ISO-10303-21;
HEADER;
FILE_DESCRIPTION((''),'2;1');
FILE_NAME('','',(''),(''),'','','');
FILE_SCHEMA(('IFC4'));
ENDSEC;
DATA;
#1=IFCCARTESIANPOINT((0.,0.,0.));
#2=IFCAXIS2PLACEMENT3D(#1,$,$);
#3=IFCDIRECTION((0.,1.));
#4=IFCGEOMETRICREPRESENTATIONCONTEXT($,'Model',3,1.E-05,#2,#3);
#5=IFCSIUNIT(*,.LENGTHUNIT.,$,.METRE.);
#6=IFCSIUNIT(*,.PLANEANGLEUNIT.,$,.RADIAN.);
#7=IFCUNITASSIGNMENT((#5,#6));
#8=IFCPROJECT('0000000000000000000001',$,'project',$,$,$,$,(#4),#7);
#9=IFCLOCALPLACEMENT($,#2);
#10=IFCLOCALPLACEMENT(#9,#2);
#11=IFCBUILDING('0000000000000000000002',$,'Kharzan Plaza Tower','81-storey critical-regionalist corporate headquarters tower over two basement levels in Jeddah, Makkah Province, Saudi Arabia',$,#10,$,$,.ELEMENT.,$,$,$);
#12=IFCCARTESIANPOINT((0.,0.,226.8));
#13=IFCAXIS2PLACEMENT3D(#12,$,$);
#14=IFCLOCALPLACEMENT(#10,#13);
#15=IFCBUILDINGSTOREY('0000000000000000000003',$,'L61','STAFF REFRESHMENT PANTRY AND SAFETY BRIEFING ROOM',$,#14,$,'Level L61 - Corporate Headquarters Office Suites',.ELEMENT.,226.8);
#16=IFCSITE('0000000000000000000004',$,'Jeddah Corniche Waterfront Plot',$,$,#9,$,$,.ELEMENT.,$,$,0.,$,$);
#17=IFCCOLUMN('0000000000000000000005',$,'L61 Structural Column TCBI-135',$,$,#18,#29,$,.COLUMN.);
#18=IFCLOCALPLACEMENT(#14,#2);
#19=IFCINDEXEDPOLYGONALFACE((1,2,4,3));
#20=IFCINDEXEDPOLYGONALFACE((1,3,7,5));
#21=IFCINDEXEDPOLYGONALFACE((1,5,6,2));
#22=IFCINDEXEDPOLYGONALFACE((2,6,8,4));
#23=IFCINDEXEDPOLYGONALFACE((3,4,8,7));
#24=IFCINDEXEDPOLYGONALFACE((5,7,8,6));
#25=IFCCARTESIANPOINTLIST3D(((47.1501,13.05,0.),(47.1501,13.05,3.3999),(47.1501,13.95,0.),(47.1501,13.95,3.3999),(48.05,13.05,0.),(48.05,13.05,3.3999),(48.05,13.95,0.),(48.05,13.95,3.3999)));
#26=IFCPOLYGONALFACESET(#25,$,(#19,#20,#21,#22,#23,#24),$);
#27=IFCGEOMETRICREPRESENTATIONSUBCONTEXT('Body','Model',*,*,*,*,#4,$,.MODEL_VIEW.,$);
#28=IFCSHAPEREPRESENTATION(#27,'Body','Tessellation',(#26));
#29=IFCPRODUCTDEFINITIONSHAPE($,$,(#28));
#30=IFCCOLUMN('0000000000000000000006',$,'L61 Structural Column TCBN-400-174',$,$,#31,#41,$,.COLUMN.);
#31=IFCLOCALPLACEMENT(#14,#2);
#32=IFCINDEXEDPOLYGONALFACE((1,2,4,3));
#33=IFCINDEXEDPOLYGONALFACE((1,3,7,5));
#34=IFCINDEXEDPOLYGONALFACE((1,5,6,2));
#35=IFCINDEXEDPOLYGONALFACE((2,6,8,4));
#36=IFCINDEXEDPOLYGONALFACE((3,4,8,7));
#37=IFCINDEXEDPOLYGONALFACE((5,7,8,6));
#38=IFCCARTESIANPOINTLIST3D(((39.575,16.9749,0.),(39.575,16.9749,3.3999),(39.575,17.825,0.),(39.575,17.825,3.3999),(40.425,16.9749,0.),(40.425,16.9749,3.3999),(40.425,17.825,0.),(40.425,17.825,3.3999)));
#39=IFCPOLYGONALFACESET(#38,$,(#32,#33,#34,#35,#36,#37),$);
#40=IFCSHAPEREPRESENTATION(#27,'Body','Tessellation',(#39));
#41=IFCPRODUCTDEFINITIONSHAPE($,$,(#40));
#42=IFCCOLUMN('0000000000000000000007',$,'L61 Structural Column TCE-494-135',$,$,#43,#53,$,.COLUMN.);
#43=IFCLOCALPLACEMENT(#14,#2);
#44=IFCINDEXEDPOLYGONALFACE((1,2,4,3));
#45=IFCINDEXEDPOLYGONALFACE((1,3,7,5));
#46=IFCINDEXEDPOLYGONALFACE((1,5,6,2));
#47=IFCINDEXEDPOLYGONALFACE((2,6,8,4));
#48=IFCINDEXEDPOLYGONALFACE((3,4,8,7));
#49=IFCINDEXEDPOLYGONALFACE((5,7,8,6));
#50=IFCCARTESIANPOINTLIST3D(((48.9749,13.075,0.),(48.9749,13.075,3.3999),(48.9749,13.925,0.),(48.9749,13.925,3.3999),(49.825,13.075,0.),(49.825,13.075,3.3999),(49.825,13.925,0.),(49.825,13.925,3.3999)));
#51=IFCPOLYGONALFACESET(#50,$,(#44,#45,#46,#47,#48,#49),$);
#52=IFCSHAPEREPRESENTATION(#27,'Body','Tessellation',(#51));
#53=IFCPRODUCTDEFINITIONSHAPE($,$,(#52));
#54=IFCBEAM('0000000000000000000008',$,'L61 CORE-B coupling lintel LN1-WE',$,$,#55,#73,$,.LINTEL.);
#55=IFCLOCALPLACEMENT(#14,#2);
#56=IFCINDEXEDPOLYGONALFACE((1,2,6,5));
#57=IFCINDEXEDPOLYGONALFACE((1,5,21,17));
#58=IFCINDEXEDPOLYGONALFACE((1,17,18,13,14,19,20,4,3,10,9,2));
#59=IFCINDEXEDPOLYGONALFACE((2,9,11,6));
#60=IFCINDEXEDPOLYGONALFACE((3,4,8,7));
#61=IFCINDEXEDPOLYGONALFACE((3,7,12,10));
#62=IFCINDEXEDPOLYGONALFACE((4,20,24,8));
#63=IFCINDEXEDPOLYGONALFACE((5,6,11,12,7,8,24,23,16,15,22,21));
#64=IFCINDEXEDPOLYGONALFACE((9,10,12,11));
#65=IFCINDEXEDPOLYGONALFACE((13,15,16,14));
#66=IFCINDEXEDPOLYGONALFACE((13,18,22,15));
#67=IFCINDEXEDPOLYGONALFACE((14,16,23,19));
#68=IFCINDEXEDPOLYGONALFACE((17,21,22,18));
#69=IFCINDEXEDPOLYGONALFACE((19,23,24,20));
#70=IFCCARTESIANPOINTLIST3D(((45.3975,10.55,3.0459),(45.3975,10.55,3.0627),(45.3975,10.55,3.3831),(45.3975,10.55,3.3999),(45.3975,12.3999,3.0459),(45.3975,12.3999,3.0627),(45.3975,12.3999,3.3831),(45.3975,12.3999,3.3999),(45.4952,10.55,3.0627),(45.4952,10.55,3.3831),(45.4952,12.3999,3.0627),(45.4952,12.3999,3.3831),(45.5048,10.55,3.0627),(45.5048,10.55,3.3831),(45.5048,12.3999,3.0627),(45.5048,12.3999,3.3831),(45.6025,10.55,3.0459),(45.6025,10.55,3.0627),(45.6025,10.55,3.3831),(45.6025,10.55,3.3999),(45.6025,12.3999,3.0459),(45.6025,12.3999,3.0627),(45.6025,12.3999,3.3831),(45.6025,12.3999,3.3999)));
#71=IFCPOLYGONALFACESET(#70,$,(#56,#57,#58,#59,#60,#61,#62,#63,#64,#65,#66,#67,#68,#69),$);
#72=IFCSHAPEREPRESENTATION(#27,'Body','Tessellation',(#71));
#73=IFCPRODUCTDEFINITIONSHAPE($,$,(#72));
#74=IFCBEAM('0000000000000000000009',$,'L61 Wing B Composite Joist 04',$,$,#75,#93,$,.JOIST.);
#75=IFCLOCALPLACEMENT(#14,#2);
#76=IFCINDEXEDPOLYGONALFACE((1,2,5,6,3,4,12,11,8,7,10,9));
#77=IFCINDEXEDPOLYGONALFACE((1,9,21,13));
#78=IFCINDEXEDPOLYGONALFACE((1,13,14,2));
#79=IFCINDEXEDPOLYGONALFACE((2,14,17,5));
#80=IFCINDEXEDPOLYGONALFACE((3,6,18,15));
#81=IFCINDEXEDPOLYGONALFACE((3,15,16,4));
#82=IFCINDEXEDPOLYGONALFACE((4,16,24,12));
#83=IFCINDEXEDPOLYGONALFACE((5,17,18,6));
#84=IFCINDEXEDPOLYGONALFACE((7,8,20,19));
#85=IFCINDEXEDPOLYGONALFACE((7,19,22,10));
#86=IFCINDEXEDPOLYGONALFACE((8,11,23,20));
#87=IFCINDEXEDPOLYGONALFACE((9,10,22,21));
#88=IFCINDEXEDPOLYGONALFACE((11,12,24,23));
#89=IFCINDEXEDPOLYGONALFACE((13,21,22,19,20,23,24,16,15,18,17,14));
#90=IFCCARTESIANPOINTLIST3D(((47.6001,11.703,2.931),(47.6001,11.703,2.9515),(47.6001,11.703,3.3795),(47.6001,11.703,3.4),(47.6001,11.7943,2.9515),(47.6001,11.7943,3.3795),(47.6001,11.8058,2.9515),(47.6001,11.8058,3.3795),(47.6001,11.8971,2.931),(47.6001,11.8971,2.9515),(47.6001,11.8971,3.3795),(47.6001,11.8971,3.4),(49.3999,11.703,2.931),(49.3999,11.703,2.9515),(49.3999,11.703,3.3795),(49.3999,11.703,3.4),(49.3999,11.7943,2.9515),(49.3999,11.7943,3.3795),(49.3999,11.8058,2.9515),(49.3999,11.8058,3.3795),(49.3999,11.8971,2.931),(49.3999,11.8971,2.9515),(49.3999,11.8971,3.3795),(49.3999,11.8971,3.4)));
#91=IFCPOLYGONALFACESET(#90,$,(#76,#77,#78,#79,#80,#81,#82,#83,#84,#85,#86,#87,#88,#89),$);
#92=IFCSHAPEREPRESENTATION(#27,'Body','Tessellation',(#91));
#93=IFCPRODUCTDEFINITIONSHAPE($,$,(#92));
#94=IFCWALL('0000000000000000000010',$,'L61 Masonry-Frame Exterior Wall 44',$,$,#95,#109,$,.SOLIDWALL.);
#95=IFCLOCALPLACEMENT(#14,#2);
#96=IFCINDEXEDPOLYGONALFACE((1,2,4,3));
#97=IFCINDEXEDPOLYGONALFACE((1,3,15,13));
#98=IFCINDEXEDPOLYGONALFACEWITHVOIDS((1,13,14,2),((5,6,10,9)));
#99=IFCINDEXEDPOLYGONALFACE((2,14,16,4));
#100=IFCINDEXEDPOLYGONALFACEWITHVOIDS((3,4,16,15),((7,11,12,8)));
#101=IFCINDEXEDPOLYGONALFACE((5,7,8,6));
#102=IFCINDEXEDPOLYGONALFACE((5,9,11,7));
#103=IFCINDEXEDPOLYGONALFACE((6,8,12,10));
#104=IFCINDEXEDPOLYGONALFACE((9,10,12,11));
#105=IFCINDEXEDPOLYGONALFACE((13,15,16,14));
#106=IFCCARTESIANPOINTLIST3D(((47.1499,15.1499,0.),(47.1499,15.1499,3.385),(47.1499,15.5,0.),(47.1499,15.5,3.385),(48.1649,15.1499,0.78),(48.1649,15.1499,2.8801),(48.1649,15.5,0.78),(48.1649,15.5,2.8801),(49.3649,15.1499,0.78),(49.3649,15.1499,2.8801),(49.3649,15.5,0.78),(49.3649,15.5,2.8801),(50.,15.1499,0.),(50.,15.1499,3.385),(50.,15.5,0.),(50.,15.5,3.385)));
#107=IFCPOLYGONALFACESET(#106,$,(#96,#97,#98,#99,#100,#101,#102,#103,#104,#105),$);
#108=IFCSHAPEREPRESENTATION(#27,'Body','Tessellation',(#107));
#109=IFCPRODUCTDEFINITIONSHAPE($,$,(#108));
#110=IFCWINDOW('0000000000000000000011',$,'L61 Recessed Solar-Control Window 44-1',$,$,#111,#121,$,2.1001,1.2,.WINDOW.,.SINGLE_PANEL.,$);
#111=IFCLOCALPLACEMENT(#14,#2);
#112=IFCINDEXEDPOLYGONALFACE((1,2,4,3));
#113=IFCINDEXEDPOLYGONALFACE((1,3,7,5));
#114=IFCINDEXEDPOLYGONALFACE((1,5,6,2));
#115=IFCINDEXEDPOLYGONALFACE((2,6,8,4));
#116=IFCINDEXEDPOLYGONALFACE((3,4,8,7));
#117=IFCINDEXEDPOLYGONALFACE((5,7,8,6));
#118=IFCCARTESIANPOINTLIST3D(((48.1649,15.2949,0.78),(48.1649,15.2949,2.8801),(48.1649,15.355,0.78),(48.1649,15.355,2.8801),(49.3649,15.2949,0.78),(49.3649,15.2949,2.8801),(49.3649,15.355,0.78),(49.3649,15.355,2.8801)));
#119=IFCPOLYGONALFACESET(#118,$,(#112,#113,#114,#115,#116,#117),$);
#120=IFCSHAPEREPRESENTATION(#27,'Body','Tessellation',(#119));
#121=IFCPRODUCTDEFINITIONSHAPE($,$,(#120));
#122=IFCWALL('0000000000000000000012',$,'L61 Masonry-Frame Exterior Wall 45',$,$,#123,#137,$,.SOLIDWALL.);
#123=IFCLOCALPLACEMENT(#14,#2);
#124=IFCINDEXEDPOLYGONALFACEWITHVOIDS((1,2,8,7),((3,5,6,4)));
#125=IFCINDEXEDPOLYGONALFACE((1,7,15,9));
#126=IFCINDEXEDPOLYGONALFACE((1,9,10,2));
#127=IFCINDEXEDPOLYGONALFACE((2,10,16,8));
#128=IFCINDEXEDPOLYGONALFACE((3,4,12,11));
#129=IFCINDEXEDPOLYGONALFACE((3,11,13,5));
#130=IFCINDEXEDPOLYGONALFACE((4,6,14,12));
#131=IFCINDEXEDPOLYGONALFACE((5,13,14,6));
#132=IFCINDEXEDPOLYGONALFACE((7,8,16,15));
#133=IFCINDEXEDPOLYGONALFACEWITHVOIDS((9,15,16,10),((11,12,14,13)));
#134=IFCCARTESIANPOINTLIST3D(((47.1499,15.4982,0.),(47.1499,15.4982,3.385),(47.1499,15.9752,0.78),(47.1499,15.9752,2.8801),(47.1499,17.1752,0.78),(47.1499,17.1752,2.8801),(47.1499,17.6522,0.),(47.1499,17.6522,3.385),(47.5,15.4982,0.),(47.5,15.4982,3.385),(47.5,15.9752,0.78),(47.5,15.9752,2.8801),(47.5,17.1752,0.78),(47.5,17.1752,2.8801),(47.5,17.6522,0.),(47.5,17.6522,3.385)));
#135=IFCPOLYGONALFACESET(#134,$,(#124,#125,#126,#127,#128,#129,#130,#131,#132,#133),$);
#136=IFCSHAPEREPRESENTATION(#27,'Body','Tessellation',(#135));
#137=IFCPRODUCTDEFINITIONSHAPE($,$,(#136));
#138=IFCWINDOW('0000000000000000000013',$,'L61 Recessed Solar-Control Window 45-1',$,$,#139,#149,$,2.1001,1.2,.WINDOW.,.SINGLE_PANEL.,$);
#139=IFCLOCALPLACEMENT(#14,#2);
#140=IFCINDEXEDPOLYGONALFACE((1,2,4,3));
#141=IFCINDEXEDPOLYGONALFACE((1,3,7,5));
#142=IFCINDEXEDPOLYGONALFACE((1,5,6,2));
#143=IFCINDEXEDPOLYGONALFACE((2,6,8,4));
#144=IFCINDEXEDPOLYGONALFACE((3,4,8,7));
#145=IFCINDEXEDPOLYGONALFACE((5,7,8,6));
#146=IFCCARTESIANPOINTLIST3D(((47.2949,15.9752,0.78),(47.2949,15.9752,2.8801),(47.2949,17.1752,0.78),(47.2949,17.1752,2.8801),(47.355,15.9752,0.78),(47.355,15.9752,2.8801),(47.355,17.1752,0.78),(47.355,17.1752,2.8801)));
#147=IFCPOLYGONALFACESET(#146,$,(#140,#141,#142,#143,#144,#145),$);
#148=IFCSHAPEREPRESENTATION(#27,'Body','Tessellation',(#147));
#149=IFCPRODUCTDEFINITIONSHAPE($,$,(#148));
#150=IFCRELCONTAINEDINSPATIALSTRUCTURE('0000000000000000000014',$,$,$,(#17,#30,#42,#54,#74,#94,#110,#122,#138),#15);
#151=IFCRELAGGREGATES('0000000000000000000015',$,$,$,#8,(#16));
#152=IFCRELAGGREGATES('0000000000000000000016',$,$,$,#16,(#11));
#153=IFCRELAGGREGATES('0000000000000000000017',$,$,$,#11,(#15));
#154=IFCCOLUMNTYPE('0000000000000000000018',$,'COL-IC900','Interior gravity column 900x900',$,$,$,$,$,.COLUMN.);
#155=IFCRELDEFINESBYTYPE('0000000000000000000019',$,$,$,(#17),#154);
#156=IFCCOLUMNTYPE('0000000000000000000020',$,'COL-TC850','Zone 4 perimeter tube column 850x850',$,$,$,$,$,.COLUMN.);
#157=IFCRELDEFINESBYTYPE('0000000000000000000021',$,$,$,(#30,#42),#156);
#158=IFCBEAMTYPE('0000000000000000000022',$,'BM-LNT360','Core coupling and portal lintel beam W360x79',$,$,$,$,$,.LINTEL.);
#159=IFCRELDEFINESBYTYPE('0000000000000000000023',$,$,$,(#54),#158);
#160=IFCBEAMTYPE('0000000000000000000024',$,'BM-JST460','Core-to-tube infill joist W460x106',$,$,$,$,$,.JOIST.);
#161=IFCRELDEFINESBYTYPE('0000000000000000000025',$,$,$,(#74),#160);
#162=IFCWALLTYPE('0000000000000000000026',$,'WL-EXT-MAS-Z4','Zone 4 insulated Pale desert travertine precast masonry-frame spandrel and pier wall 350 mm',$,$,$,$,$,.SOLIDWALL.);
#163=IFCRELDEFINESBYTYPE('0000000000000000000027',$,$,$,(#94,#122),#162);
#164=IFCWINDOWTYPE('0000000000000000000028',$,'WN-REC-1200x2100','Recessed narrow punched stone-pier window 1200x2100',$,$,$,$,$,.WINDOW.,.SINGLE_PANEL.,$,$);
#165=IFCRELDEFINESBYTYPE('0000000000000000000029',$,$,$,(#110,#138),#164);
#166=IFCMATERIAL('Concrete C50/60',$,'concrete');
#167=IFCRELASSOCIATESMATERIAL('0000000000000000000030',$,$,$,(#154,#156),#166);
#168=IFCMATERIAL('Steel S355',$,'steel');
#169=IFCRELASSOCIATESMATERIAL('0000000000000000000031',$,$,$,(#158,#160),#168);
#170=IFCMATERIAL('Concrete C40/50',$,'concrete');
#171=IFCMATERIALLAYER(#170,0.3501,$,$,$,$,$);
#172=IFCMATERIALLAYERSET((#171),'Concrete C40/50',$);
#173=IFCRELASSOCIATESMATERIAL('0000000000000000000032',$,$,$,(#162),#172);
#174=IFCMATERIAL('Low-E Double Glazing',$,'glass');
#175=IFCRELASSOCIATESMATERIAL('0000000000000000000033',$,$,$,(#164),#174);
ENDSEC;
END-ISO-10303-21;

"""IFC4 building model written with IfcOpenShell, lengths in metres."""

from ifc_helpers import new_model, si_unit, direction, frame, frame_2d, origin, origin_2d, place, context, subcontext, project, spatial, rectangle, i_section, extrude, source, transform, mapped, material, layer, layer_set, material_profile, profile_set, type_object, element, fill, save


model = new_model("IFC4")

# Units and contexts
model_context = context("Model", 3, precision=1e-05, world=origin(), true_north=direction((0.0, 1.0)))
body_context = subcontext(model_context, "Body", "Model", "MODEL_VIEW")
ifc_project = project(units=[si_unit("LENGTHUNIT", "METRE"), si_unit("PLANEANGLEUNIT", "RADIAN")], contexts=[model_context])

# Site, building, storey
site_placement = place(None, origin())
site = spatial("IfcSite", under=ifc_project, at=site_placement, Name="Jeddah Corniche Waterfront Plot", CompositionType="ELEMENT", RefElevation=0.0)
building_placement = place(site_placement, origin())
building = spatial("IfcBuilding", under=site, at=building_placement, Name="Kharzan Plaza Tower", Description="81-storey critical-regionalist corporate headquarters tower over two basement levels in Jeddah, Makkah Province, Saudi Arabia", CompositionType="ELEMENT")
storey_placement = place(building_placement, frame((0.0, 0.0, 226.8)))
storey = spatial("IfcBuildingStorey", under=building, at=storey_placement, Name="L61", Description="STAFF REFRESHMENT PANTRY AND SAFETY BRIEFING ROOM", LongName="Level L61 - Corporate Headquarters Office Suites", CompositionType="ELEMENT", Elevation=226.8)

# Columns
ifc_material_1 = material(Name="Concrete C50/60", Category="concrete")
ifc_material_profile_1 = material_profile(ifc_material_1, rectangle(XDim=0.8999, YDim=0.8999, at=origin_2d()), Name="RC-IC900x900")
ifc_profile_set_1 = profile_set([ifc_material_profile_1], Name="Concrete C50/60")
column_type_1 = type_object("IfcColumnType", Name="COL-IC900", Description="Interior gravity column 900x900", PredefinedType="COLUMN", material=ifc_profile_set_1)
shared_shape_1 = source(origin(), body_context, "Body", "SweptSolid", [
    extrude(rectangle(XDim=0.8999, YDim=0.8999, at=origin_2d()), origin(), (0.0, 0.0, 1.0), 3.3999),
])
column_placement = place(storey_placement, frame((47.6001, 13.5, 0.0), z_axis=(0.0, 0.0, 1.0), x_axis=(1.0, 0.0, 0.0)))
element("IfcColumn", 1, at=column_placement, inside=storey, type_object=column_type_1, Name="L61 Structural Column TCBI-135", PredefinedType="COLUMN", context=body_context, shape_type="MappedRepresentation", body=[
    mapped(shared_shape_1, transform((0.0, 0.0, 0.0), x_axis=(1.0, 0.0, 0.0), y_axis=(0.0, 1.0, 0.0), z_axis=(0.0, 0.0, 1.0))),
])
ifc_material_profile_2 = material_profile(ifc_material_1, rectangle(XDim=0.8501, YDim=0.8501, at=origin_2d()), Name="RC-TC850x850")
ifc_profile_set_2 = profile_set([ifc_material_profile_2], Name="Concrete C50/60")
column_type_2 = type_object("IfcColumnType", Name="COL-TC850", Description="Zone 4 perimeter tube column 850x850", PredefinedType="COLUMN", material=ifc_profile_set_2)
shared_shape_2 = source(origin(), body_context, "Body", "SweptSolid", [
    extrude(rectangle(XDim=0.8501, YDim=0.8501, at=origin_2d()), origin(), (0.0, 0.0, 1.0), 3.3999),
])
for number, where, z_axis, x_axis, name in (
    (2, (40.0, 17.3999, 0.0), (0.0, 0.0, 1.0), (1.0, 0.0, 0.0), "L61 Structural Column TCBN-400-174"),
    (3, (49.3999, 13.5, 0.0), (0.0, 0.0, 1.0), (1.0, 0.0, 0.0), "L61 Structural Column TCE-494-135"),
):
    element("IfcColumn", number, at=place(storey_placement, frame(where, z_axis=z_axis, x_axis=x_axis)), inside=storey, type_object=column_type_2, Name=name, PredefinedType="COLUMN", context=body_context, shape_type="MappedRepresentation", body=[
        mapped(shared_shape_2, transform((0.0, 0.0, 0.0), x_axis=(1.0, 0.0, 0.0), y_axis=(0.0, 1.0, 0.0), z_axis=(0.0, 0.0, 1.0))),
    ])

# Beams
ifc_material_2 = material(Name="Steel S355", Category="steel")
ifc_material_profile_3 = material_profile(ifc_material_2, i_section(OverallWidth=0.2051, OverallDepth=0.354, WebThickness=0.0095, FlangeThickness=0.0168, at=origin_2d()), Name="W360x79")
ifc_profile_set_3 = profile_set([ifc_material_profile_3], Name="Steel S355")
beam_type_1 = type_object("IfcBeamType", Name="BM-LNT360", Description="Core coupling and portal lintel beam W360x79", PredefinedType="LINTEL", material=ifc_profile_set_3)
shared_shape_3 = source(origin(), body_context, "Body", "SweptSolid", [
    extrude(i_section(OverallWidth=0.2051, OverallDepth=0.354, WebThickness=0.0095, FlangeThickness=0.0168, at=origin_2d()), origin(), (0.0, 0.0, 1.0), 1.8499),
])
beam_1_placement = place(storey_placement, frame((45.5, 10.55, 3.2229), z_axis=(0.0, 1.0, 0.0), x_axis=(-1.0, 0.0, 0.0)))
element("IfcBeam", 4, at=beam_1_placement, inside=storey, type_object=beam_type_1, Name="L61 CORE-B coupling lintel LN1-WE", PredefinedType="LINTEL", context=body_context, shape_type="MappedRepresentation", body=[
    mapped(shared_shape_3, transform((0.0, 0.0, 0.0), x_axis=(1.0, 0.0, 0.0), y_axis=(0.0, 1.0, 0.0), z_axis=(0.0, 0.0, 1.0))),
])
ifc_material_profile_4 = material_profile(ifc_material_2, i_section(OverallWidth=0.1941, OverallDepth=0.469, WebThickness=0.0115, FlangeThickness=0.0205, at=origin_2d()), Name="W460x106")
ifc_profile_set_4 = profile_set([ifc_material_profile_4], Name="Steel S355")
beam_type_2 = type_object("IfcBeamType", Name="BM-JST460", Description="Core-to-tube infill joist W460x106", PredefinedType="JOIST", material=ifc_profile_set_4)
shared_shape_4 = source(origin(), body_context, "Body", "SweptSolid", [
    extrude(i_section(OverallWidth=0.1941, OverallDepth=0.469, WebThickness=0.0115, FlangeThickness=0.0205, at=origin_2d()), origin(), (0.0, 0.0, 1.0), 1.7998),
])
beam_2_placement = place(storey_placement, frame((47.6001, 11.8, 3.1655), z_axis=(1.0, 0.0, 0.0), x_axis=(0.0, 1.0, 0.0)))
element("IfcBeam", 5, at=beam_2_placement, inside=storey, type_object=beam_type_2, Name="L61 Wing B Composite Joist 04", PredefinedType="JOIST", context=body_context, shape_type="MappedRepresentation", body=[
    mapped(shared_shape_4, transform((0.0, 0.0, 0.0), x_axis=(1.0, 0.0, 0.0), y_axis=(0.0, 1.0, 0.0), z_axis=(0.0, 0.0, 1.0))),
])

# Walls, openings, windows
ifc_material_3 = material(Name="Concrete C40/50", Category="concrete")
ifc_layer_1 = layer(ifc_material_3, 0.3501)
ifc_layer_set_1 = layer_set([ifc_layer_1], Name="Concrete C40/50")
wall_type_1 = type_object("IfcWallType", Name="WL-EXT-MAS-Z4", Description="Zone 4 insulated Pale desert travertine precast masonry-frame spandrel and pier wall 350 mm", PredefinedType="SOLIDWALL", material=ifc_layer_set_1)
wall_1_placement = place(storey_placement, frame((50.0, 15.325, 0.0), z_axis=(0.0, 0.0, 1.0), x_axis=(-1.0, 0.0, 0.0)))
wall_1 = element("IfcWall", 6, at=wall_1_placement, inside=storey, type_object=wall_type_1, Name="L61 Masonry-Frame Exterior Wall 44", PredefinedType="SOLIDWALL", context=body_context, shape_type="SweptSolid", body=[
    extrude(rectangle(XDim=2.8501, YDim=0.3501, at=frame_2d((1.425, 0.0))), origin(), (0.0, 0.0, 1.0), 3.385),
])
opening_1_placement = place(wall_1_placement, frame((0.635, 0.0, 0.78)))
opening_1 = element("IfcOpeningElement", 7, at=opening_1_placement, cuts=wall_1, PredefinedType="OPENING", context=body_context, shape_type="SweptSolid", body=[
    extrude(rectangle(XDim=1.2, YDim=2.1001, at=frame_2d((0.6001, 1.05))), frame((0.0, 0.1851, 0.0), z_axis=(0.0, -1.0, 0.0), x_axis=(1.0, 0.0, 0.0)), (0.0, 0.0, 1.0), 0.3701),
])
ifc_material_4 = material(Name="Low-E Double Glazing", Category="glass")
window_type_1 = type_object("IfcWindowType", Name="WN-REC-1200x2100", Description="Recessed narrow punched stone-pier window 1200x2100", PartitioningType="SINGLE_PANEL", PredefinedType="WINDOW", material=ifc_material_4)
shared_shape_5 = source(origin(), body_context, "Body", "SweptSolid", [
    extrude(rectangle(XDim=1.2, YDim=2.1001, at=frame_2d((0.6001, 1.05))), frame((0.0, 0.03, 0.0), z_axis=(0.0, -1.0, 0.0), x_axis=(1.0, 0.0, 0.0)), (0.0, 0.0, 1.0), 0.0601),
])
window_1_placement = place(opening_1_placement, origin())
window_1 = element("IfcWindow", 8, at=window_1_placement, inside=storey, type_object=window_type_1, Name="L61 Recessed Solar-Control Window 44-1", OverallHeight=2.1001, OverallWidth=1.2, PartitioningType="SINGLE_PANEL", PredefinedType="WINDOW", context=body_context, shape_type="MappedRepresentation", body=[
    mapped(shared_shape_5, transform((0.0, 0.0, 0.0), x_axis=(1.0, 0.0, 0.0), y_axis=(0.0, 1.0, 0.0), z_axis=(0.0, 0.0, 1.0))),
])
fill(opening_1, window_1)
wall_2_placement = place(storey_placement, frame((47.325, 15.498, 0.0), z_axis=(0.0, 0.0, 1.0), x_axis=(0.0, 1.0, 0.0)))
wall_2 = element("IfcWall", 9, at=wall_2_placement, inside=storey, type_object=wall_type_1, Name="L61 Masonry-Frame Exterior Wall 45", PredefinedType="SOLIDWALL", context=body_context, shape_type="SweptSolid", body=[
    extrude(rectangle(XDim=2.1541, YDim=0.3501, at=frame_2d((1.0771, 0.0))), origin(), (0.0, 0.0, 1.0), 3.385),
])
opening_2_placement = place(wall_2_placement, frame((0.4771, 0.0, 0.78)))
opening_2 = element("IfcOpeningElement", 10, at=opening_2_placement, cuts=wall_2, PredefinedType="OPENING", context=body_context, shape_type="SweptSolid", body=[
    extrude(rectangle(XDim=1.2, YDim=2.1001, at=frame_2d((0.6001, 1.05))), frame((0.0, 0.1851, 0.0), z_axis=(0.0, -1.0, 0.0), x_axis=(1.0, 0.0, 0.0)), (0.0, 0.0, 1.0), 0.3701),
])
window_2_placement = place(opening_2_placement, origin())
window_2 = element("IfcWindow", 11, at=window_2_placement, inside=storey, type_object=window_type_1, Name="L61 Recessed Solar-Control Window 45-1", OverallHeight=2.1001, OverallWidth=1.2, PartitioningType="SINGLE_PANEL", PredefinedType="WINDOW", context=body_context, shape_type="MappedRepresentation", body=[
    mapped(shared_shape_5, transform((0.0, 0.0, 0.0), x_axis=(1.0, 0.0, 0.0), y_axis=(0.0, 1.0, 0.0), z_axis=(0.0, 0.0, 1.0))),
])
fill(opening_2, window_2)

save(model, "model.ifc")
